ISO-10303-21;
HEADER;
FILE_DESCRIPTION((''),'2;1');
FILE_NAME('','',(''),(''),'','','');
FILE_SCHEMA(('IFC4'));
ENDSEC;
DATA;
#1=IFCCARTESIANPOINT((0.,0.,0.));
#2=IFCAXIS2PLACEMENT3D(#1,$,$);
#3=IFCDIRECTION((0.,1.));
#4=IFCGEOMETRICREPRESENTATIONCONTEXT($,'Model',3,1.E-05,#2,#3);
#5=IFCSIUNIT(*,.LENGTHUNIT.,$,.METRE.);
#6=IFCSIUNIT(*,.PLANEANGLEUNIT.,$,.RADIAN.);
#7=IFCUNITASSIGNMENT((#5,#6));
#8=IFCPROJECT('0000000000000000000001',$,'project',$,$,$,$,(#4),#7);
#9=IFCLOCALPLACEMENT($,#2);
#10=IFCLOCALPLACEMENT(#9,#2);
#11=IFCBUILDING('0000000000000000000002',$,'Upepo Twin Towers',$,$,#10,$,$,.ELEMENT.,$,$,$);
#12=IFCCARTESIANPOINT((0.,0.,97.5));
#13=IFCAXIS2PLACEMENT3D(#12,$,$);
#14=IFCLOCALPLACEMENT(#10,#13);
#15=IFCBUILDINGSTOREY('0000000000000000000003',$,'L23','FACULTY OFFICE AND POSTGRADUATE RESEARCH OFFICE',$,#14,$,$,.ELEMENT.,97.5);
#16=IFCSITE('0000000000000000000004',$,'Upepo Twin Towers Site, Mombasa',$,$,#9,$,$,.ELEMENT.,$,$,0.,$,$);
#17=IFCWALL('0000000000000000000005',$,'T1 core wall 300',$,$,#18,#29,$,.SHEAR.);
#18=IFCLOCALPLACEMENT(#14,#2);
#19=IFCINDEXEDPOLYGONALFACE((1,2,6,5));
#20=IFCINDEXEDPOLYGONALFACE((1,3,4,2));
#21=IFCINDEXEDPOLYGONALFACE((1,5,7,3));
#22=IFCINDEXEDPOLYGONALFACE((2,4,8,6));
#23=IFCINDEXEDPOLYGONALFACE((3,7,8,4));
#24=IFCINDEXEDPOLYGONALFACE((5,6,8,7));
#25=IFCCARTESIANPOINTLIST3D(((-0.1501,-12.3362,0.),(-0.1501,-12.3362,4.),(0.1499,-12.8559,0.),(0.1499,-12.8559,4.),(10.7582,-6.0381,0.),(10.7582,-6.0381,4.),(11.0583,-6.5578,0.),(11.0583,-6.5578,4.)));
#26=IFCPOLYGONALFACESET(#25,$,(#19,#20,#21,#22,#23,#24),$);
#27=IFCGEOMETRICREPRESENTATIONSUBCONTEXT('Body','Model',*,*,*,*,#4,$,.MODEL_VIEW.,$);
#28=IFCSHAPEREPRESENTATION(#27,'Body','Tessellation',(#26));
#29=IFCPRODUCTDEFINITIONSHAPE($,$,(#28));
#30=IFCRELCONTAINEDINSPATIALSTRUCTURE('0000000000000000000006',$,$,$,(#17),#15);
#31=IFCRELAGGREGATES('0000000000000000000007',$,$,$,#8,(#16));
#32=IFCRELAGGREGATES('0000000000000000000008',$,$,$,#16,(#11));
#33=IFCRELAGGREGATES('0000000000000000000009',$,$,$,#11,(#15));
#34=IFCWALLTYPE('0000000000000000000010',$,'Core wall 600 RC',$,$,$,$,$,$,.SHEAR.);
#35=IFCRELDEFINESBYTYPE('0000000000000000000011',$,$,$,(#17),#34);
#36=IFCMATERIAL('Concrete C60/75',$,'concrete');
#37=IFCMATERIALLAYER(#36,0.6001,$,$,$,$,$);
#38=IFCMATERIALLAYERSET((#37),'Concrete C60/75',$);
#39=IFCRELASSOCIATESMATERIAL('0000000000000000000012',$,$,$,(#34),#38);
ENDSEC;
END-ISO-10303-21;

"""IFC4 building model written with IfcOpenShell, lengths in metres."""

from ifc_helpers import new_model, si_unit, direction, frame, frame_2d, origin, place, context, subcontext, project, spatial, rectangle, extrude, material, layer, layer_set, type_object, element, save


model = new_model("IFC4")

# Units and contexts
model_context = context("Model", 3, precision=1e-05, world=origin(), true_north=direction((0.0, 1.0)))
body_context = subcontext(model_context, "Body", "Model", "MODEL_VIEW")
ifc_project = project(units=[si_unit("LENGTHUNIT", "METRE"), si_unit("PLANEANGLEUNIT", "RADIAN")], contexts=[model_context])

# Site, building, storey
site_placement = place(None, origin())
site = spatial("IfcSite", under=ifc_project, at=site_placement, Name="Upepo Twin Towers Site, Mombasa", CompositionType="ELEMENT", RefElevation=0.0)
building_placement = place(site_placement, origin())
building = spatial("IfcBuilding", under=site, at=building_placement, Name="Upepo Twin Towers", CompositionType="ELEMENT")
storey_placement = place(building_placement, frame((0.0, 0.0, 97.5)))
storey = spatial("IfcBuildingStorey", under=building, at=storey_placement, Name="L23", Description="FACULTY OFFICE AND POSTGRADUATE RESEARCH OFFICE", CompositionType="ELEMENT", Elevation=97.5)

# Wall
ifc_material_1 = material(Name="Concrete C60/75", Category="concrete")
ifc_layer_1 = layer(ifc_material_1, 0.6001)
ifc_layer_set_1 = layer_set([ifc_layer_1], Name="Concrete C60/75")
wall_type_1 = type_object("IfcWallType", Name="Core wall 600 RC", PredefinedType="SHEAR", material=ifc_layer_set_1)
wall_1_placement = place(storey_placement, frame((0.0, -12.5959, 0.0), z_axis=(0.0, 0.0, 1.0), x_axis=(0.866022, 0.500006, 0.0)))
element("IfcWall", 1, at=wall_1_placement, inside=storey, type_object=wall_type_1, Name="T1 core wall 300", PredefinedType="SHEAR", context=body_context, shape_type="SweptSolid", body=[
    extrude(rectangle(XDim=12.5959, YDim=0.6001, at=frame_2d((6.2979, 0.0))), origin(), (0.0, 0.0, 1.0), 4.0),
])

save(model, "model.ifc")
